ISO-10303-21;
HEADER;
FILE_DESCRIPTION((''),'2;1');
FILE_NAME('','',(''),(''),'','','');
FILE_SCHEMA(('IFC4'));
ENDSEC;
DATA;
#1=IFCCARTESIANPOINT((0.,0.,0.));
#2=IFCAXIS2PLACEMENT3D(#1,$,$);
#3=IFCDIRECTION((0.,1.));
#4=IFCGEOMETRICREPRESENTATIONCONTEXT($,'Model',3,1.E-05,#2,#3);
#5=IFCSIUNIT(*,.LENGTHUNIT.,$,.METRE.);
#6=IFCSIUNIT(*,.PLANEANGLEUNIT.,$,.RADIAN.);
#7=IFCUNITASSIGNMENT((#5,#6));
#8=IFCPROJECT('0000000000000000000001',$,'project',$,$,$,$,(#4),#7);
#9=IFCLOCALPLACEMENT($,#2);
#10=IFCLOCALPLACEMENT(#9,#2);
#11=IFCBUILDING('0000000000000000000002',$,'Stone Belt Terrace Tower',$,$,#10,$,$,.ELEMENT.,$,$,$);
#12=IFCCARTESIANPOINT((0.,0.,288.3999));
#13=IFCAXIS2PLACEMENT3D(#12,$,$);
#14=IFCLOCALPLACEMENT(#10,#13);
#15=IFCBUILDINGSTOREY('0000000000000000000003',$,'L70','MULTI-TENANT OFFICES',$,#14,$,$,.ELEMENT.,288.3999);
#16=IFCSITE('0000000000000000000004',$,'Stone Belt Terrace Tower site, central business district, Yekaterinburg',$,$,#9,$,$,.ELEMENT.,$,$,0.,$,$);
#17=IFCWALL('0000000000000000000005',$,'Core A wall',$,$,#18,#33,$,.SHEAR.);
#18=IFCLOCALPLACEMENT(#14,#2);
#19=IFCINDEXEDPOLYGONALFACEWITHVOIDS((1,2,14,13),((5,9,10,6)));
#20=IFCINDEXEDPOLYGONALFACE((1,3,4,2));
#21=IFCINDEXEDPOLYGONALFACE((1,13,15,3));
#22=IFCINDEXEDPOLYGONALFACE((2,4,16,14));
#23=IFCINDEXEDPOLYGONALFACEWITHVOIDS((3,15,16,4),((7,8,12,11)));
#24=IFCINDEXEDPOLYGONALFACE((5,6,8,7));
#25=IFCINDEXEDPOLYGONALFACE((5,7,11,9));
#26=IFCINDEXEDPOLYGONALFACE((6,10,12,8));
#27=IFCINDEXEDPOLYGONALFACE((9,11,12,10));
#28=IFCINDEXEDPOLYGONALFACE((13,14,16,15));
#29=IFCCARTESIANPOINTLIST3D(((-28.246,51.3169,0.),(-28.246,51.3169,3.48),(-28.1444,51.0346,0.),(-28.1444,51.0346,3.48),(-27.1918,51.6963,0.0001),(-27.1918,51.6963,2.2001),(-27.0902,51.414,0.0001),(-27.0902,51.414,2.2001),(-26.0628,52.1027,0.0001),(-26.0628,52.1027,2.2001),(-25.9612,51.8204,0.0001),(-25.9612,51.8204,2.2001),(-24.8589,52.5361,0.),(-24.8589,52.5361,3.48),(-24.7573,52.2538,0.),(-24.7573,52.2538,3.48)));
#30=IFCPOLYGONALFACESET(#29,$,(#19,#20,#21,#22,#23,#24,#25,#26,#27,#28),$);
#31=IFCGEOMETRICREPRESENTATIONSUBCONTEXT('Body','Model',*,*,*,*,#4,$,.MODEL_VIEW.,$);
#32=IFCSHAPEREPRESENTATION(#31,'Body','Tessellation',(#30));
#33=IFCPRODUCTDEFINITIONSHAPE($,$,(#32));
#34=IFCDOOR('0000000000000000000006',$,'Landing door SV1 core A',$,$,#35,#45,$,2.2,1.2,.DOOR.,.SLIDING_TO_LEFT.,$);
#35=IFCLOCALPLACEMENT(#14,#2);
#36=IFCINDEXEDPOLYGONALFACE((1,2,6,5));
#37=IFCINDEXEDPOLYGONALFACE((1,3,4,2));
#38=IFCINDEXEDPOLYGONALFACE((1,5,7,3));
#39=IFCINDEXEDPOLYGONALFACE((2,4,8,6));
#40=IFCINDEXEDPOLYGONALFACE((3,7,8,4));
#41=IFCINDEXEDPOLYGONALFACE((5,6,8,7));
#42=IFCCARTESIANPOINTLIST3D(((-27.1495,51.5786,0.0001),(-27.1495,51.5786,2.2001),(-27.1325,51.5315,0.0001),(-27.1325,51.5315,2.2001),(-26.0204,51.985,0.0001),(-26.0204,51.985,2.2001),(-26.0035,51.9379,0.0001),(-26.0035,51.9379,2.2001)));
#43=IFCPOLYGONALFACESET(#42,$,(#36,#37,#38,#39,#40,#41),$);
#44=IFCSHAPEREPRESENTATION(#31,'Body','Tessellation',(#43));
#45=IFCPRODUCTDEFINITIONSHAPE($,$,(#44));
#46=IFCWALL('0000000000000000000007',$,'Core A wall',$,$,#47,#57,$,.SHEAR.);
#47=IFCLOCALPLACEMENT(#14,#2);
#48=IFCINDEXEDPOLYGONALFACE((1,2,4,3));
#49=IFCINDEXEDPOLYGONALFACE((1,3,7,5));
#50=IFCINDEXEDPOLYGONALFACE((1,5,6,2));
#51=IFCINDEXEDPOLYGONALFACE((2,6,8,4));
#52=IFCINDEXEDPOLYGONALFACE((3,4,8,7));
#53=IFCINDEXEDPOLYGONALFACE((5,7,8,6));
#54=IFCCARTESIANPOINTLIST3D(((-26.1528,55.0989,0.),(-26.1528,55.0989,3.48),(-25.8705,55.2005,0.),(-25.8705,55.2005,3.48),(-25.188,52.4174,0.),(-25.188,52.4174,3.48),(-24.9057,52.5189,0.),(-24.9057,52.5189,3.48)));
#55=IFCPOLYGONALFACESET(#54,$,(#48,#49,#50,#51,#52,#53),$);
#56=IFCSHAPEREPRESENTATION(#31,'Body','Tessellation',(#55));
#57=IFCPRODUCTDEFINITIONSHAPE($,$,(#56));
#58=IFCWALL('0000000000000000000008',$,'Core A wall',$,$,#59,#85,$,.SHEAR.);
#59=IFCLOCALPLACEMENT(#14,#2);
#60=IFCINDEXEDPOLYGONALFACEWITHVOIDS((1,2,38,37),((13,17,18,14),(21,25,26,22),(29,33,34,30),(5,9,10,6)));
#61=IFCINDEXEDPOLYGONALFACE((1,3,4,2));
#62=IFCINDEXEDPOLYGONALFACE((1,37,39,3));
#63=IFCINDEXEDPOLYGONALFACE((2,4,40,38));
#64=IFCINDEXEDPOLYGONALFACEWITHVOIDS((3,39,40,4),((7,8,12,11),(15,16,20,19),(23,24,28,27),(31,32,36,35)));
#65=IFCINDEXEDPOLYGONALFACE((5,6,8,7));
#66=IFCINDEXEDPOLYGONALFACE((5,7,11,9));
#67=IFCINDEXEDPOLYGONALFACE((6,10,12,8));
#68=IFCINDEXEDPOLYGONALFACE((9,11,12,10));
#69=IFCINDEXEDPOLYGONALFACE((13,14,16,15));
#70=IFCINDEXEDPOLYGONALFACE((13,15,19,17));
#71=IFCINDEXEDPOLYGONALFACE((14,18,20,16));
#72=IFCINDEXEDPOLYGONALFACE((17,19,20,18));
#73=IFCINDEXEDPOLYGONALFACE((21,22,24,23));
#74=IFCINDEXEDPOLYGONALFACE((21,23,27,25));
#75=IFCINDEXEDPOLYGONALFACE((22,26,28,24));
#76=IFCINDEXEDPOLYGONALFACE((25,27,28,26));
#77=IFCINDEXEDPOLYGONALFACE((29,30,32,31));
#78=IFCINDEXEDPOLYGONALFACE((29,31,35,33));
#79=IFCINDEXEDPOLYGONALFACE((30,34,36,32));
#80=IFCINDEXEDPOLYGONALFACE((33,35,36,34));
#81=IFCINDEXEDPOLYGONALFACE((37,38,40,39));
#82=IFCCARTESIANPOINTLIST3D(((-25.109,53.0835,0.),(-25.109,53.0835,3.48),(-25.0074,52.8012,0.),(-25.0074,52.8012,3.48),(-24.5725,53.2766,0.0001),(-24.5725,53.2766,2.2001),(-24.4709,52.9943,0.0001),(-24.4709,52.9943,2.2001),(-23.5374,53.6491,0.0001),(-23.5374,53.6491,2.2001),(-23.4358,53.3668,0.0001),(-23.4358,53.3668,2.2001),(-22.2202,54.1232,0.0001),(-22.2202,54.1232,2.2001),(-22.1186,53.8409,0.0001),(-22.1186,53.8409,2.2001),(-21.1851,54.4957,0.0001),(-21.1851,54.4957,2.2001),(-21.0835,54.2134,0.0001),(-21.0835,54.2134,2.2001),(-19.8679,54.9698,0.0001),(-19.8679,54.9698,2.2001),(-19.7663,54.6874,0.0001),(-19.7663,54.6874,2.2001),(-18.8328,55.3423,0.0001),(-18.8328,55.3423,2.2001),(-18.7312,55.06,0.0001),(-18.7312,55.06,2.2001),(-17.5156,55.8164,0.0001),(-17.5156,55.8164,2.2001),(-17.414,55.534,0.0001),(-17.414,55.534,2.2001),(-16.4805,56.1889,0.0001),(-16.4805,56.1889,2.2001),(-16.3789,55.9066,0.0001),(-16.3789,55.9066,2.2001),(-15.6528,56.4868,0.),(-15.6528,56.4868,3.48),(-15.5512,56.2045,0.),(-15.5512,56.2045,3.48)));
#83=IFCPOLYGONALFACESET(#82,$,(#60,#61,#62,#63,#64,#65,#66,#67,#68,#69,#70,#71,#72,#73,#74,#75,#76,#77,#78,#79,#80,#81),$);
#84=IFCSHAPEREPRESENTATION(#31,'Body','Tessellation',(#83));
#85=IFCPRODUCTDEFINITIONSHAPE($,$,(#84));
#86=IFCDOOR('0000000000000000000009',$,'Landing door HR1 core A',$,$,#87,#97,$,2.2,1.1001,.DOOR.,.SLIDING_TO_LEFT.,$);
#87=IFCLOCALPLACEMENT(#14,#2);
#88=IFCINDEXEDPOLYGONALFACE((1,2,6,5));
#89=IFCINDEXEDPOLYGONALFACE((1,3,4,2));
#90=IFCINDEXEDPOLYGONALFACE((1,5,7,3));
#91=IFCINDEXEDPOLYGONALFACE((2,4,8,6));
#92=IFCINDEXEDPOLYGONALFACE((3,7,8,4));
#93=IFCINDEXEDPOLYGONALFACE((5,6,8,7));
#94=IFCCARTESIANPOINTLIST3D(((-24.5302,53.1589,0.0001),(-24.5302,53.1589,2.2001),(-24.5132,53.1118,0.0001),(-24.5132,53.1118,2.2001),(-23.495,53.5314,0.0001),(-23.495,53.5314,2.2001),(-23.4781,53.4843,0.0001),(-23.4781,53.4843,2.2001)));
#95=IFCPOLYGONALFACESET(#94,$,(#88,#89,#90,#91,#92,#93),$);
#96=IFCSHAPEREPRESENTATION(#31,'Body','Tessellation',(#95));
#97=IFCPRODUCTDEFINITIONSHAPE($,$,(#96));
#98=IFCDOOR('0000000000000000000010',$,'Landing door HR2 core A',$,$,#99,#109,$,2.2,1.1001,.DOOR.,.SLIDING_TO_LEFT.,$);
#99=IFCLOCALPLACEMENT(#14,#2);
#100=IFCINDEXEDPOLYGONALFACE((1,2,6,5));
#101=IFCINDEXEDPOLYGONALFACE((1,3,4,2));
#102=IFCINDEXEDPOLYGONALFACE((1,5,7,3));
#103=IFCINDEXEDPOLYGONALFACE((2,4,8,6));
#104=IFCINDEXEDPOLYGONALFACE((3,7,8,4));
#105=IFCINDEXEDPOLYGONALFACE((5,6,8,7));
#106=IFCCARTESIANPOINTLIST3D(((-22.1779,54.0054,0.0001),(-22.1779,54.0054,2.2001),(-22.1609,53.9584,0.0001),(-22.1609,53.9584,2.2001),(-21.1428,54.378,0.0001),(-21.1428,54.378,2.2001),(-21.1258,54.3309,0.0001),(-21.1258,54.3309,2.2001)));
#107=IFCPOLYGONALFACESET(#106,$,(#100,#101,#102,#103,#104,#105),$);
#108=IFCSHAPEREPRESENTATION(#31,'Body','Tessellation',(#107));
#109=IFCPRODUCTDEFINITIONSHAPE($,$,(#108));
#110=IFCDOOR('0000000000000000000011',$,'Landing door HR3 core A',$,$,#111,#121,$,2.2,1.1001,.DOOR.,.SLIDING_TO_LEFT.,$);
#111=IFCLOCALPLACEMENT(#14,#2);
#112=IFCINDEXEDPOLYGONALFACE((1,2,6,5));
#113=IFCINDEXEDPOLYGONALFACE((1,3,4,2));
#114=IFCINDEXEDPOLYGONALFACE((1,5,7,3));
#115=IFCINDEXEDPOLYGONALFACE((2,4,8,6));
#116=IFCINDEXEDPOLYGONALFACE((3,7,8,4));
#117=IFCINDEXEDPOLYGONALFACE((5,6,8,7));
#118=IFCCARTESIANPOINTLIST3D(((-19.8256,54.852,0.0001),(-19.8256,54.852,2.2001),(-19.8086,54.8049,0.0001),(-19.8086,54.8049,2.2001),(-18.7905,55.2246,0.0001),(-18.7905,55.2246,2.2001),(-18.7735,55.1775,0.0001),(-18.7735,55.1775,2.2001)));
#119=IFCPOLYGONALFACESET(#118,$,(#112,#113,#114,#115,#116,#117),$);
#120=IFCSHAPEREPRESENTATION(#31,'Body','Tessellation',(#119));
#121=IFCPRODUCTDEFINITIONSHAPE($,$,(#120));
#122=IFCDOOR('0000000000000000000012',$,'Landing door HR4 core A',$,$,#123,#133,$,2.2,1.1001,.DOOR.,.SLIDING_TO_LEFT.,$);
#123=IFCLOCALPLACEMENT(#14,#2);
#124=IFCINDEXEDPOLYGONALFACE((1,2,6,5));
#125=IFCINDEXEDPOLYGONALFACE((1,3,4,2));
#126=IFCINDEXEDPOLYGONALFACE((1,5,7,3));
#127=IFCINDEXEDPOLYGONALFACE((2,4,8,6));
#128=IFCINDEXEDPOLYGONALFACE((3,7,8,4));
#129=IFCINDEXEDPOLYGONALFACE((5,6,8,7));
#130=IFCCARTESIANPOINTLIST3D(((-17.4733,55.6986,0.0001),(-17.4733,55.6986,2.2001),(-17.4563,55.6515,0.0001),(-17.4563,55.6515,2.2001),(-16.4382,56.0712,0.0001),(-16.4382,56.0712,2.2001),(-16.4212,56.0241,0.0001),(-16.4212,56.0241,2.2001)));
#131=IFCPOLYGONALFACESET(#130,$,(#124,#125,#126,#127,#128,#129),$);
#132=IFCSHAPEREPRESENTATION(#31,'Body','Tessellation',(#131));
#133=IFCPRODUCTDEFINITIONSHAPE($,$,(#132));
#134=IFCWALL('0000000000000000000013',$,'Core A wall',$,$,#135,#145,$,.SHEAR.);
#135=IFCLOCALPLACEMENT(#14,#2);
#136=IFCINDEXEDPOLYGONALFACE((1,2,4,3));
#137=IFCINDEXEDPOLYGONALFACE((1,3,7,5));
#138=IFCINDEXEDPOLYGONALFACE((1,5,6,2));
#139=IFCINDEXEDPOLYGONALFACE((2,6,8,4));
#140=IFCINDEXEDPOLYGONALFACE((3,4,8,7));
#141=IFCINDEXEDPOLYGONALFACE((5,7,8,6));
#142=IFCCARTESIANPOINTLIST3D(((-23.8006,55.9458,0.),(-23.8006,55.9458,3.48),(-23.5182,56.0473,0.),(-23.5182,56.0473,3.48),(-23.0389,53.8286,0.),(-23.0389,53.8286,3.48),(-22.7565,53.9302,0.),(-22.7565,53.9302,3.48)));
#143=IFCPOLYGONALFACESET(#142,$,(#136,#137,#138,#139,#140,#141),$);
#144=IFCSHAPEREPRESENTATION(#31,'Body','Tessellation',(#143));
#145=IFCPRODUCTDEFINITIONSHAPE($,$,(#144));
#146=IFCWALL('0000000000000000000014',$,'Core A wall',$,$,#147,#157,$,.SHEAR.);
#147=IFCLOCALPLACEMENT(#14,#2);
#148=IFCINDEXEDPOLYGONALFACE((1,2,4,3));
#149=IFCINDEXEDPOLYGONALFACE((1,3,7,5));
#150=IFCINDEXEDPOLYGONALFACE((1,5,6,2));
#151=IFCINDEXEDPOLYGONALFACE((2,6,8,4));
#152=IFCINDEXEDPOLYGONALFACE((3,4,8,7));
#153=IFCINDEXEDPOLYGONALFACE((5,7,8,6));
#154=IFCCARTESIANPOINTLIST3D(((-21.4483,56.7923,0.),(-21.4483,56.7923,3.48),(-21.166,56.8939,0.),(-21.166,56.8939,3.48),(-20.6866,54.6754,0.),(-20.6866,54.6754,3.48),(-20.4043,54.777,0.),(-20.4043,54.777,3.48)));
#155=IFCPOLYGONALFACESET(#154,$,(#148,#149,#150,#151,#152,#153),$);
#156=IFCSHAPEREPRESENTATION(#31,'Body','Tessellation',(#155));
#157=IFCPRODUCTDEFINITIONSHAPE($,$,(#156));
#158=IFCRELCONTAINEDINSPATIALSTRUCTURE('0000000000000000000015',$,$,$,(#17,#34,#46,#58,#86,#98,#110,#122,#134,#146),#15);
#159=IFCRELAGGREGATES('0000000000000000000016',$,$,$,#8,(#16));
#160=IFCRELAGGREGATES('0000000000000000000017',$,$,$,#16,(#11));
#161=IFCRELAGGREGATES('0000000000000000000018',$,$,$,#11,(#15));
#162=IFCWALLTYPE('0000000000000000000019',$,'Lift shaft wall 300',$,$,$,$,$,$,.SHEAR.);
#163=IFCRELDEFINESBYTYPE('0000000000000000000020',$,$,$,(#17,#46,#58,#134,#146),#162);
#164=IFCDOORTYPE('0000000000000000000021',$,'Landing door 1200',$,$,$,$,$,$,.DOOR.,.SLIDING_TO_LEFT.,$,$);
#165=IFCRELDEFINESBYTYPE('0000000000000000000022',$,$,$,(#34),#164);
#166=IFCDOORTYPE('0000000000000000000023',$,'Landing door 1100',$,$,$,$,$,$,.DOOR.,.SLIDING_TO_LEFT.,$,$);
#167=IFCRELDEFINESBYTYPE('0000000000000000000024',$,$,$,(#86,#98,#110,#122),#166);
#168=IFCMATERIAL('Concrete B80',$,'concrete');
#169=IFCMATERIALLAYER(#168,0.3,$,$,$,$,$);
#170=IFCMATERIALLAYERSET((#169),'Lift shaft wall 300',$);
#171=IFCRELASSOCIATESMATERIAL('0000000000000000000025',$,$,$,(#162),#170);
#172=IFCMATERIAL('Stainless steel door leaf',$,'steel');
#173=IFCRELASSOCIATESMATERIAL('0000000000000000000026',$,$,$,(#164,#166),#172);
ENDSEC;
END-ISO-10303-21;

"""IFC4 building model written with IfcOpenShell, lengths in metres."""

from ifc_helpers import new_model, si_unit, direction, frame, frame_2d, origin, place, context, subcontext, project, spatial, rectangle, extrude, material, layer, layer_set, type_object, element, fill, save


model = new_model("IFC4")

# Units and contexts
model_context = context("Model", 3, precision=1e-05, world=origin(), true_north=direction((0.0, 1.0)))
body_context = subcontext(model_context, "Body", "Model", "MODEL_VIEW")
ifc_project = project(units=[si_unit("LENGTHUNIT", "METRE"), si_unit("PLANEANGLEUNIT", "RADIAN")], contexts=[model_context])

# Site, building, storey
site_placement = place(None, origin())
site = spatial("IfcSite", under=ifc_project, at=site_placement, Name="Stone Belt Terrace Tower site, central business district, Yekaterinburg", CompositionType="ELEMENT", RefElevation=0.0)
building_placement = place(site_placement, origin())
building = spatial("IfcBuilding", under=site, at=building_placement, Name="Stone Belt Terrace Tower", CompositionType="ELEMENT")
storey_placement = place(building_placement, frame((0.0, 0.0, 288.3999)))
storey = spatial("IfcBuildingStorey", under=building, at=storey_placement, Name="L70", Description="MULTI-TENANT OFFICES", CompositionType="ELEMENT", Elevation=288.3999)

# Shared definitions
ifc_material_1 = material(Name="Concrete B80", Category="concrete")

# Wall, opening, door
ifc_layer_1 = layer(ifc_material_1, 0.3)
ifc_layer_set_1 = layer_set([ifc_layer_1], Name="Lift shaft wall 300")
wall_type_1 = type_object("IfcWallType", Name="Lift shaft wall 300", PredefinedType="SHEAR", material=ifc_layer_set_1)
wall_1_placement = place(storey_placement, frame((-28.1951, 51.1758, 0.0), z_axis=(0.0, 0.0, 1.0), x_axis=(0.940901, 0.338681, 0.0)))
wall_1 = element("IfcWall", 1, at=wall_1_placement, inside=storey, type_object=wall_type_1, Name="Core A wall", PredefinedType="SHEAR", context=body_context, shape_type="SweptSolid", body=[
    extrude(rectangle(XDim=3.5999, YDim=0.3, at=frame_2d((1.7998, 0.0))), origin(), (0.0, 0.0, 1.0), 3.48),
])
opening_1_placement = place(wall_1_placement, frame((1.1201, 0.0, 0.0)))
opening_1 = element("IfcOpeningElement", 2, at=opening_1_placement, cuts=wall_1, PredefinedType="OPENING", context=body_context, shape_type="SweptSolid", body=[
    extrude(rectangle(XDim=1.2, YDim=2.2, at=frame_2d((0.6001, 1.1001))), frame((0.0, 0.1599, 0.0), z_axis=(0.0, -1.0, 0.0), x_axis=(1.0, 0.0, 0.0)), (0.0, 0.0, 1.0), 0.3201),
])
ifc_material_2 = material(Name="Stainless steel door leaf", Category="steel")
door_type_1 = type_object("IfcDoorType", Name="Landing door 1200", OperationType="SLIDING_TO_LEFT", PredefinedType="DOOR", material=ifc_material_2)
door_1_placement = place(opening_1_placement, origin())
door_1 = element("IfcDoor", 3, at=door_1_placement, inside=storey, type_object=door_type_1, Name="Landing door SV1 core A", OperationType="SLIDING_TO_LEFT", OverallHeight=2.2, OverallWidth=1.2, PredefinedType="DOOR", context=body_context, shape_type="SweptSolid", body=[
    extrude(rectangle(XDim=1.2, YDim=2.2, at=frame_2d((0.6001, 1.1001))), frame((0.0, 0.0249, 0.0), z_axis=(0.0, -1.0, 0.0), x_axis=(1.0, 0.0, 0.0)), (0.0, 0.0, 1.0), 0.05),
])
fill(opening_1, door_1)

# Wall
wall_2_placement = place(storey_placement, frame((-25.0469, 52.4683, 0.0), z_axis=(0.0, 0.0, 1.0), x_axis=(-0.33855, 0.940949, 0.0)))
element("IfcWall", 4, at=wall_2_placement, inside=storey, type_object=wall_type_1, Name="Core A wall", PredefinedType="SHEAR", context=body_context, shape_type="SweptSolid", body=[
    extrude(rectangle(XDim=2.8499, YDim=0.3, at=frame_2d((1.4248, 0.0))), origin(), (0.0, 0.0, 1.0), 3.48),
])

# Wall, openings, doors
wall_3_placement = place(storey_placement, frame((-25.0581, 52.9424, 0.0), z_axis=(0.0, 0.0, 1.0), x_axis=(0.940917, 0.338636, 0.0)))
wall_3 = element("IfcWall", 5, at=wall_3_placement, inside=storey, type_object=wall_type_1, Name="Core A wall", PredefinedType="SHEAR", context=body_context, shape_type="SweptSolid", body=[
    extrude(rectangle(XDim=10.05, YDim=0.3, at=frame_2d((5.0249, 0.0))), origin(), (0.0, 0.0, 1.0), 3.48),
])
opening_2_placement = place(wall_3_placement, frame((0.5701, 0.0, 0.0)))
opening_2 = element("IfcOpeningElement", 6, at=opening_2_placement, cuts=wall_3, PredefinedType="OPENING", context=body_context, shape_type="SweptSolid", body=[
    extrude(rectangle(XDim=1.1001, YDim=2.2, at=frame_2d((0.55, 1.1001))), frame((0.0, 0.1599, 0.0), z_axis=(0.0, -1.0, 0.0), x_axis=(1.0, 0.0, 0.0)), (0.0, 0.0, 1.0), 0.3201),
])
opening_3_placement = place(wall_3_placement, frame((3.0701, 0.0, 0.0)))
opening_3 = element("IfcOpeningElement", 7, at=opening_3_placement, cuts=wall_3, PredefinedType="OPENING", context=body_context, shape_type="SweptSolid", body=[
    extrude(rectangle(XDim=1.1001, YDim=2.2, at=frame_2d((0.55, 1.1001))), frame((0.0, 0.1599, 0.0), z_axis=(0.0, -1.0, 0.0), x_axis=(1.0, 0.0, 0.0)), (0.0, 0.0, 1.0), 0.3201),
])
opening_4_placement = place(wall_3_placement, frame((5.5701, 0.0, 0.0)))
opening_4 = element("IfcOpeningElement", 8, at=opening_4_placement, cuts=wall_3, PredefinedType="OPENING", context=body_context, shape_type="SweptSolid", body=[
    extrude(rectangle(XDim=1.1001, YDim=2.2, at=frame_2d((0.55, 1.1001))), frame((0.0, 0.1599, 0.0), z_axis=(0.0, -1.0, 0.0), x_axis=(1.0, 0.0, 0.0)), (0.0, 0.0, 1.0), 0.3201),
])
opening_5_placement = place(wall_3_placement, frame((8.0701, 0.0, 0.0)))
opening_5 = element("IfcOpeningElement", 9, at=opening_5_placement, cuts=wall_3, PredefinedType="OPENING", context=body_context, shape_type="SweptSolid", body=[
    extrude(rectangle(XDim=1.1001, YDim=2.2, at=frame_2d((0.55, 1.1001))), frame((0.0, 0.1599, 0.0), z_axis=(0.0, -1.0, 0.0), x_axis=(1.0, 0.0, 0.0)), (0.0, 0.0, 1.0), 0.3201),
])
door_type_2 = type_object("IfcDoorType", Name="Landing door 1100", OperationType="SLIDING_TO_LEFT", PredefinedType="DOOR", material=ifc_material_2)
door_2_placement = place(opening_2_placement, origin())
door_2 = element("IfcDoor", 10, at=door_2_placement, inside=storey, type_object=door_type_2, Name="Landing door HR1 core A", OperationType="SLIDING_TO_LEFT", OverallHeight=2.2, OverallWidth=1.1001, PredefinedType="DOOR", context=body_context, shape_type="SweptSolid", body=[
    extrude(rectangle(XDim=1.1001, YDim=2.2, at=frame_2d((0.55, 1.1001))), frame((0.0, 0.0249, 0.0), z_axis=(0.0, -1.0, 0.0), x_axis=(1.0, 0.0, 0.0)), (0.0, 0.0, 1.0), 0.05),
])
fill(opening_2, door_2)
door_3_placement = place(opening_3_placement, origin())
door_3 = element("IfcDoor", 11, at=door_3_placement, inside=storey, type_object=door_type_2, Name="Landing door HR2 core A", OperationType="SLIDING_TO_LEFT", OverallHeight=2.2, OverallWidth=1.1001, PredefinedType="DOOR", context=body_context, shape_type="SweptSolid", body=[
    extrude(rectangle(XDim=1.1001, YDim=2.2, at=frame_2d((0.55, 1.1001))), frame((0.0, 0.0249, 0.0), z_axis=(0.0, -1.0, 0.0), x_axis=(1.0, 0.0, 0.0)), (0.0, 0.0, 1.0), 0.05),
])
fill(opening_3, door_3)
door_4_placement = place(opening_4_placement, origin())
door_4 = element("IfcDoor", 12, at=door_4_placement, inside=storey, type_object=door_type_2, Name="Landing door HR3 core A", OperationType="SLIDING_TO_LEFT", OverallHeight=2.2, OverallWidth=1.1001, PredefinedType="DOOR", context=body_context, shape_type="SweptSolid", body=[
    extrude(rectangle(XDim=1.1001, YDim=2.2, at=frame_2d((0.55, 1.1001))), frame((0.0, 0.0249, 0.0), z_axis=(0.0, -1.0, 0.0), x_axis=(1.0, 0.0, 0.0)), (0.0, 0.0, 1.0), 0.05),
])
fill(opening_4, door_4)
door_5_placement = place(opening_5_placement, origin())
door_5 = element("IfcDoor", 13, at=door_5_placement, inside=storey, type_object=door_type_2, Name="Landing door HR4 core A", OperationType="SLIDING_TO_LEFT", OverallHeight=2.2, OverallWidth=1.1001, PredefinedType="DOOR", context=body_context, shape_type="SweptSolid", body=[
    extrude(rectangle(XDim=1.1001, YDim=2.2, at=frame_2d((0.55, 1.1001))), frame((0.0, 0.0249, 0.0), z_axis=(0.0, -1.0, 0.0), x_axis=(1.0, 0.0, 0.0)), (0.0, 0.0, 1.0), 0.05),
])
fill(opening_5, door_5)

# Walls
wall_4_placement = place(storey_placement, frame((-22.8977, 53.8794, 0.0), z_axis=(0.0, 0.0, 1.0), x_axis=(-0.338535, 0.940954, 0.0)))
element("IfcWall", 14, at=wall_4_placement, inside=storey, type_object=wall_type_1, Name="Core A wall", PredefinedType="SHEAR", context=body_context, shape_type="SweptSolid", body=[
    extrude(rectangle(XDim=2.25, YDim=0.3, at=frame_2d((1.125, 0.0))), origin(), (0.0, 0.0, 1.0), 3.48),
])
wall_5_placement = place(storey_placement, frame((-20.5454, 54.7261, 0.0), z_axis=(0.0, 0.0, 1.0), x_axis=(-0.33857, 0.940941, 0.0)))
element("IfcWall", 15, at=wall_5_placement, inside=storey, type_object=wall_type_1, Name="Core A wall", PredefinedType="SHEAR", context=body_context, shape_type="SweptSolid", body=[
    extrude(rectangle(XDim=2.2498, YDim=0.3, at=frame_2d((1.125, 0.0))), origin(), (0.0, 0.0, 1.0), 3.48),
])

save(model, "model.ifc")
